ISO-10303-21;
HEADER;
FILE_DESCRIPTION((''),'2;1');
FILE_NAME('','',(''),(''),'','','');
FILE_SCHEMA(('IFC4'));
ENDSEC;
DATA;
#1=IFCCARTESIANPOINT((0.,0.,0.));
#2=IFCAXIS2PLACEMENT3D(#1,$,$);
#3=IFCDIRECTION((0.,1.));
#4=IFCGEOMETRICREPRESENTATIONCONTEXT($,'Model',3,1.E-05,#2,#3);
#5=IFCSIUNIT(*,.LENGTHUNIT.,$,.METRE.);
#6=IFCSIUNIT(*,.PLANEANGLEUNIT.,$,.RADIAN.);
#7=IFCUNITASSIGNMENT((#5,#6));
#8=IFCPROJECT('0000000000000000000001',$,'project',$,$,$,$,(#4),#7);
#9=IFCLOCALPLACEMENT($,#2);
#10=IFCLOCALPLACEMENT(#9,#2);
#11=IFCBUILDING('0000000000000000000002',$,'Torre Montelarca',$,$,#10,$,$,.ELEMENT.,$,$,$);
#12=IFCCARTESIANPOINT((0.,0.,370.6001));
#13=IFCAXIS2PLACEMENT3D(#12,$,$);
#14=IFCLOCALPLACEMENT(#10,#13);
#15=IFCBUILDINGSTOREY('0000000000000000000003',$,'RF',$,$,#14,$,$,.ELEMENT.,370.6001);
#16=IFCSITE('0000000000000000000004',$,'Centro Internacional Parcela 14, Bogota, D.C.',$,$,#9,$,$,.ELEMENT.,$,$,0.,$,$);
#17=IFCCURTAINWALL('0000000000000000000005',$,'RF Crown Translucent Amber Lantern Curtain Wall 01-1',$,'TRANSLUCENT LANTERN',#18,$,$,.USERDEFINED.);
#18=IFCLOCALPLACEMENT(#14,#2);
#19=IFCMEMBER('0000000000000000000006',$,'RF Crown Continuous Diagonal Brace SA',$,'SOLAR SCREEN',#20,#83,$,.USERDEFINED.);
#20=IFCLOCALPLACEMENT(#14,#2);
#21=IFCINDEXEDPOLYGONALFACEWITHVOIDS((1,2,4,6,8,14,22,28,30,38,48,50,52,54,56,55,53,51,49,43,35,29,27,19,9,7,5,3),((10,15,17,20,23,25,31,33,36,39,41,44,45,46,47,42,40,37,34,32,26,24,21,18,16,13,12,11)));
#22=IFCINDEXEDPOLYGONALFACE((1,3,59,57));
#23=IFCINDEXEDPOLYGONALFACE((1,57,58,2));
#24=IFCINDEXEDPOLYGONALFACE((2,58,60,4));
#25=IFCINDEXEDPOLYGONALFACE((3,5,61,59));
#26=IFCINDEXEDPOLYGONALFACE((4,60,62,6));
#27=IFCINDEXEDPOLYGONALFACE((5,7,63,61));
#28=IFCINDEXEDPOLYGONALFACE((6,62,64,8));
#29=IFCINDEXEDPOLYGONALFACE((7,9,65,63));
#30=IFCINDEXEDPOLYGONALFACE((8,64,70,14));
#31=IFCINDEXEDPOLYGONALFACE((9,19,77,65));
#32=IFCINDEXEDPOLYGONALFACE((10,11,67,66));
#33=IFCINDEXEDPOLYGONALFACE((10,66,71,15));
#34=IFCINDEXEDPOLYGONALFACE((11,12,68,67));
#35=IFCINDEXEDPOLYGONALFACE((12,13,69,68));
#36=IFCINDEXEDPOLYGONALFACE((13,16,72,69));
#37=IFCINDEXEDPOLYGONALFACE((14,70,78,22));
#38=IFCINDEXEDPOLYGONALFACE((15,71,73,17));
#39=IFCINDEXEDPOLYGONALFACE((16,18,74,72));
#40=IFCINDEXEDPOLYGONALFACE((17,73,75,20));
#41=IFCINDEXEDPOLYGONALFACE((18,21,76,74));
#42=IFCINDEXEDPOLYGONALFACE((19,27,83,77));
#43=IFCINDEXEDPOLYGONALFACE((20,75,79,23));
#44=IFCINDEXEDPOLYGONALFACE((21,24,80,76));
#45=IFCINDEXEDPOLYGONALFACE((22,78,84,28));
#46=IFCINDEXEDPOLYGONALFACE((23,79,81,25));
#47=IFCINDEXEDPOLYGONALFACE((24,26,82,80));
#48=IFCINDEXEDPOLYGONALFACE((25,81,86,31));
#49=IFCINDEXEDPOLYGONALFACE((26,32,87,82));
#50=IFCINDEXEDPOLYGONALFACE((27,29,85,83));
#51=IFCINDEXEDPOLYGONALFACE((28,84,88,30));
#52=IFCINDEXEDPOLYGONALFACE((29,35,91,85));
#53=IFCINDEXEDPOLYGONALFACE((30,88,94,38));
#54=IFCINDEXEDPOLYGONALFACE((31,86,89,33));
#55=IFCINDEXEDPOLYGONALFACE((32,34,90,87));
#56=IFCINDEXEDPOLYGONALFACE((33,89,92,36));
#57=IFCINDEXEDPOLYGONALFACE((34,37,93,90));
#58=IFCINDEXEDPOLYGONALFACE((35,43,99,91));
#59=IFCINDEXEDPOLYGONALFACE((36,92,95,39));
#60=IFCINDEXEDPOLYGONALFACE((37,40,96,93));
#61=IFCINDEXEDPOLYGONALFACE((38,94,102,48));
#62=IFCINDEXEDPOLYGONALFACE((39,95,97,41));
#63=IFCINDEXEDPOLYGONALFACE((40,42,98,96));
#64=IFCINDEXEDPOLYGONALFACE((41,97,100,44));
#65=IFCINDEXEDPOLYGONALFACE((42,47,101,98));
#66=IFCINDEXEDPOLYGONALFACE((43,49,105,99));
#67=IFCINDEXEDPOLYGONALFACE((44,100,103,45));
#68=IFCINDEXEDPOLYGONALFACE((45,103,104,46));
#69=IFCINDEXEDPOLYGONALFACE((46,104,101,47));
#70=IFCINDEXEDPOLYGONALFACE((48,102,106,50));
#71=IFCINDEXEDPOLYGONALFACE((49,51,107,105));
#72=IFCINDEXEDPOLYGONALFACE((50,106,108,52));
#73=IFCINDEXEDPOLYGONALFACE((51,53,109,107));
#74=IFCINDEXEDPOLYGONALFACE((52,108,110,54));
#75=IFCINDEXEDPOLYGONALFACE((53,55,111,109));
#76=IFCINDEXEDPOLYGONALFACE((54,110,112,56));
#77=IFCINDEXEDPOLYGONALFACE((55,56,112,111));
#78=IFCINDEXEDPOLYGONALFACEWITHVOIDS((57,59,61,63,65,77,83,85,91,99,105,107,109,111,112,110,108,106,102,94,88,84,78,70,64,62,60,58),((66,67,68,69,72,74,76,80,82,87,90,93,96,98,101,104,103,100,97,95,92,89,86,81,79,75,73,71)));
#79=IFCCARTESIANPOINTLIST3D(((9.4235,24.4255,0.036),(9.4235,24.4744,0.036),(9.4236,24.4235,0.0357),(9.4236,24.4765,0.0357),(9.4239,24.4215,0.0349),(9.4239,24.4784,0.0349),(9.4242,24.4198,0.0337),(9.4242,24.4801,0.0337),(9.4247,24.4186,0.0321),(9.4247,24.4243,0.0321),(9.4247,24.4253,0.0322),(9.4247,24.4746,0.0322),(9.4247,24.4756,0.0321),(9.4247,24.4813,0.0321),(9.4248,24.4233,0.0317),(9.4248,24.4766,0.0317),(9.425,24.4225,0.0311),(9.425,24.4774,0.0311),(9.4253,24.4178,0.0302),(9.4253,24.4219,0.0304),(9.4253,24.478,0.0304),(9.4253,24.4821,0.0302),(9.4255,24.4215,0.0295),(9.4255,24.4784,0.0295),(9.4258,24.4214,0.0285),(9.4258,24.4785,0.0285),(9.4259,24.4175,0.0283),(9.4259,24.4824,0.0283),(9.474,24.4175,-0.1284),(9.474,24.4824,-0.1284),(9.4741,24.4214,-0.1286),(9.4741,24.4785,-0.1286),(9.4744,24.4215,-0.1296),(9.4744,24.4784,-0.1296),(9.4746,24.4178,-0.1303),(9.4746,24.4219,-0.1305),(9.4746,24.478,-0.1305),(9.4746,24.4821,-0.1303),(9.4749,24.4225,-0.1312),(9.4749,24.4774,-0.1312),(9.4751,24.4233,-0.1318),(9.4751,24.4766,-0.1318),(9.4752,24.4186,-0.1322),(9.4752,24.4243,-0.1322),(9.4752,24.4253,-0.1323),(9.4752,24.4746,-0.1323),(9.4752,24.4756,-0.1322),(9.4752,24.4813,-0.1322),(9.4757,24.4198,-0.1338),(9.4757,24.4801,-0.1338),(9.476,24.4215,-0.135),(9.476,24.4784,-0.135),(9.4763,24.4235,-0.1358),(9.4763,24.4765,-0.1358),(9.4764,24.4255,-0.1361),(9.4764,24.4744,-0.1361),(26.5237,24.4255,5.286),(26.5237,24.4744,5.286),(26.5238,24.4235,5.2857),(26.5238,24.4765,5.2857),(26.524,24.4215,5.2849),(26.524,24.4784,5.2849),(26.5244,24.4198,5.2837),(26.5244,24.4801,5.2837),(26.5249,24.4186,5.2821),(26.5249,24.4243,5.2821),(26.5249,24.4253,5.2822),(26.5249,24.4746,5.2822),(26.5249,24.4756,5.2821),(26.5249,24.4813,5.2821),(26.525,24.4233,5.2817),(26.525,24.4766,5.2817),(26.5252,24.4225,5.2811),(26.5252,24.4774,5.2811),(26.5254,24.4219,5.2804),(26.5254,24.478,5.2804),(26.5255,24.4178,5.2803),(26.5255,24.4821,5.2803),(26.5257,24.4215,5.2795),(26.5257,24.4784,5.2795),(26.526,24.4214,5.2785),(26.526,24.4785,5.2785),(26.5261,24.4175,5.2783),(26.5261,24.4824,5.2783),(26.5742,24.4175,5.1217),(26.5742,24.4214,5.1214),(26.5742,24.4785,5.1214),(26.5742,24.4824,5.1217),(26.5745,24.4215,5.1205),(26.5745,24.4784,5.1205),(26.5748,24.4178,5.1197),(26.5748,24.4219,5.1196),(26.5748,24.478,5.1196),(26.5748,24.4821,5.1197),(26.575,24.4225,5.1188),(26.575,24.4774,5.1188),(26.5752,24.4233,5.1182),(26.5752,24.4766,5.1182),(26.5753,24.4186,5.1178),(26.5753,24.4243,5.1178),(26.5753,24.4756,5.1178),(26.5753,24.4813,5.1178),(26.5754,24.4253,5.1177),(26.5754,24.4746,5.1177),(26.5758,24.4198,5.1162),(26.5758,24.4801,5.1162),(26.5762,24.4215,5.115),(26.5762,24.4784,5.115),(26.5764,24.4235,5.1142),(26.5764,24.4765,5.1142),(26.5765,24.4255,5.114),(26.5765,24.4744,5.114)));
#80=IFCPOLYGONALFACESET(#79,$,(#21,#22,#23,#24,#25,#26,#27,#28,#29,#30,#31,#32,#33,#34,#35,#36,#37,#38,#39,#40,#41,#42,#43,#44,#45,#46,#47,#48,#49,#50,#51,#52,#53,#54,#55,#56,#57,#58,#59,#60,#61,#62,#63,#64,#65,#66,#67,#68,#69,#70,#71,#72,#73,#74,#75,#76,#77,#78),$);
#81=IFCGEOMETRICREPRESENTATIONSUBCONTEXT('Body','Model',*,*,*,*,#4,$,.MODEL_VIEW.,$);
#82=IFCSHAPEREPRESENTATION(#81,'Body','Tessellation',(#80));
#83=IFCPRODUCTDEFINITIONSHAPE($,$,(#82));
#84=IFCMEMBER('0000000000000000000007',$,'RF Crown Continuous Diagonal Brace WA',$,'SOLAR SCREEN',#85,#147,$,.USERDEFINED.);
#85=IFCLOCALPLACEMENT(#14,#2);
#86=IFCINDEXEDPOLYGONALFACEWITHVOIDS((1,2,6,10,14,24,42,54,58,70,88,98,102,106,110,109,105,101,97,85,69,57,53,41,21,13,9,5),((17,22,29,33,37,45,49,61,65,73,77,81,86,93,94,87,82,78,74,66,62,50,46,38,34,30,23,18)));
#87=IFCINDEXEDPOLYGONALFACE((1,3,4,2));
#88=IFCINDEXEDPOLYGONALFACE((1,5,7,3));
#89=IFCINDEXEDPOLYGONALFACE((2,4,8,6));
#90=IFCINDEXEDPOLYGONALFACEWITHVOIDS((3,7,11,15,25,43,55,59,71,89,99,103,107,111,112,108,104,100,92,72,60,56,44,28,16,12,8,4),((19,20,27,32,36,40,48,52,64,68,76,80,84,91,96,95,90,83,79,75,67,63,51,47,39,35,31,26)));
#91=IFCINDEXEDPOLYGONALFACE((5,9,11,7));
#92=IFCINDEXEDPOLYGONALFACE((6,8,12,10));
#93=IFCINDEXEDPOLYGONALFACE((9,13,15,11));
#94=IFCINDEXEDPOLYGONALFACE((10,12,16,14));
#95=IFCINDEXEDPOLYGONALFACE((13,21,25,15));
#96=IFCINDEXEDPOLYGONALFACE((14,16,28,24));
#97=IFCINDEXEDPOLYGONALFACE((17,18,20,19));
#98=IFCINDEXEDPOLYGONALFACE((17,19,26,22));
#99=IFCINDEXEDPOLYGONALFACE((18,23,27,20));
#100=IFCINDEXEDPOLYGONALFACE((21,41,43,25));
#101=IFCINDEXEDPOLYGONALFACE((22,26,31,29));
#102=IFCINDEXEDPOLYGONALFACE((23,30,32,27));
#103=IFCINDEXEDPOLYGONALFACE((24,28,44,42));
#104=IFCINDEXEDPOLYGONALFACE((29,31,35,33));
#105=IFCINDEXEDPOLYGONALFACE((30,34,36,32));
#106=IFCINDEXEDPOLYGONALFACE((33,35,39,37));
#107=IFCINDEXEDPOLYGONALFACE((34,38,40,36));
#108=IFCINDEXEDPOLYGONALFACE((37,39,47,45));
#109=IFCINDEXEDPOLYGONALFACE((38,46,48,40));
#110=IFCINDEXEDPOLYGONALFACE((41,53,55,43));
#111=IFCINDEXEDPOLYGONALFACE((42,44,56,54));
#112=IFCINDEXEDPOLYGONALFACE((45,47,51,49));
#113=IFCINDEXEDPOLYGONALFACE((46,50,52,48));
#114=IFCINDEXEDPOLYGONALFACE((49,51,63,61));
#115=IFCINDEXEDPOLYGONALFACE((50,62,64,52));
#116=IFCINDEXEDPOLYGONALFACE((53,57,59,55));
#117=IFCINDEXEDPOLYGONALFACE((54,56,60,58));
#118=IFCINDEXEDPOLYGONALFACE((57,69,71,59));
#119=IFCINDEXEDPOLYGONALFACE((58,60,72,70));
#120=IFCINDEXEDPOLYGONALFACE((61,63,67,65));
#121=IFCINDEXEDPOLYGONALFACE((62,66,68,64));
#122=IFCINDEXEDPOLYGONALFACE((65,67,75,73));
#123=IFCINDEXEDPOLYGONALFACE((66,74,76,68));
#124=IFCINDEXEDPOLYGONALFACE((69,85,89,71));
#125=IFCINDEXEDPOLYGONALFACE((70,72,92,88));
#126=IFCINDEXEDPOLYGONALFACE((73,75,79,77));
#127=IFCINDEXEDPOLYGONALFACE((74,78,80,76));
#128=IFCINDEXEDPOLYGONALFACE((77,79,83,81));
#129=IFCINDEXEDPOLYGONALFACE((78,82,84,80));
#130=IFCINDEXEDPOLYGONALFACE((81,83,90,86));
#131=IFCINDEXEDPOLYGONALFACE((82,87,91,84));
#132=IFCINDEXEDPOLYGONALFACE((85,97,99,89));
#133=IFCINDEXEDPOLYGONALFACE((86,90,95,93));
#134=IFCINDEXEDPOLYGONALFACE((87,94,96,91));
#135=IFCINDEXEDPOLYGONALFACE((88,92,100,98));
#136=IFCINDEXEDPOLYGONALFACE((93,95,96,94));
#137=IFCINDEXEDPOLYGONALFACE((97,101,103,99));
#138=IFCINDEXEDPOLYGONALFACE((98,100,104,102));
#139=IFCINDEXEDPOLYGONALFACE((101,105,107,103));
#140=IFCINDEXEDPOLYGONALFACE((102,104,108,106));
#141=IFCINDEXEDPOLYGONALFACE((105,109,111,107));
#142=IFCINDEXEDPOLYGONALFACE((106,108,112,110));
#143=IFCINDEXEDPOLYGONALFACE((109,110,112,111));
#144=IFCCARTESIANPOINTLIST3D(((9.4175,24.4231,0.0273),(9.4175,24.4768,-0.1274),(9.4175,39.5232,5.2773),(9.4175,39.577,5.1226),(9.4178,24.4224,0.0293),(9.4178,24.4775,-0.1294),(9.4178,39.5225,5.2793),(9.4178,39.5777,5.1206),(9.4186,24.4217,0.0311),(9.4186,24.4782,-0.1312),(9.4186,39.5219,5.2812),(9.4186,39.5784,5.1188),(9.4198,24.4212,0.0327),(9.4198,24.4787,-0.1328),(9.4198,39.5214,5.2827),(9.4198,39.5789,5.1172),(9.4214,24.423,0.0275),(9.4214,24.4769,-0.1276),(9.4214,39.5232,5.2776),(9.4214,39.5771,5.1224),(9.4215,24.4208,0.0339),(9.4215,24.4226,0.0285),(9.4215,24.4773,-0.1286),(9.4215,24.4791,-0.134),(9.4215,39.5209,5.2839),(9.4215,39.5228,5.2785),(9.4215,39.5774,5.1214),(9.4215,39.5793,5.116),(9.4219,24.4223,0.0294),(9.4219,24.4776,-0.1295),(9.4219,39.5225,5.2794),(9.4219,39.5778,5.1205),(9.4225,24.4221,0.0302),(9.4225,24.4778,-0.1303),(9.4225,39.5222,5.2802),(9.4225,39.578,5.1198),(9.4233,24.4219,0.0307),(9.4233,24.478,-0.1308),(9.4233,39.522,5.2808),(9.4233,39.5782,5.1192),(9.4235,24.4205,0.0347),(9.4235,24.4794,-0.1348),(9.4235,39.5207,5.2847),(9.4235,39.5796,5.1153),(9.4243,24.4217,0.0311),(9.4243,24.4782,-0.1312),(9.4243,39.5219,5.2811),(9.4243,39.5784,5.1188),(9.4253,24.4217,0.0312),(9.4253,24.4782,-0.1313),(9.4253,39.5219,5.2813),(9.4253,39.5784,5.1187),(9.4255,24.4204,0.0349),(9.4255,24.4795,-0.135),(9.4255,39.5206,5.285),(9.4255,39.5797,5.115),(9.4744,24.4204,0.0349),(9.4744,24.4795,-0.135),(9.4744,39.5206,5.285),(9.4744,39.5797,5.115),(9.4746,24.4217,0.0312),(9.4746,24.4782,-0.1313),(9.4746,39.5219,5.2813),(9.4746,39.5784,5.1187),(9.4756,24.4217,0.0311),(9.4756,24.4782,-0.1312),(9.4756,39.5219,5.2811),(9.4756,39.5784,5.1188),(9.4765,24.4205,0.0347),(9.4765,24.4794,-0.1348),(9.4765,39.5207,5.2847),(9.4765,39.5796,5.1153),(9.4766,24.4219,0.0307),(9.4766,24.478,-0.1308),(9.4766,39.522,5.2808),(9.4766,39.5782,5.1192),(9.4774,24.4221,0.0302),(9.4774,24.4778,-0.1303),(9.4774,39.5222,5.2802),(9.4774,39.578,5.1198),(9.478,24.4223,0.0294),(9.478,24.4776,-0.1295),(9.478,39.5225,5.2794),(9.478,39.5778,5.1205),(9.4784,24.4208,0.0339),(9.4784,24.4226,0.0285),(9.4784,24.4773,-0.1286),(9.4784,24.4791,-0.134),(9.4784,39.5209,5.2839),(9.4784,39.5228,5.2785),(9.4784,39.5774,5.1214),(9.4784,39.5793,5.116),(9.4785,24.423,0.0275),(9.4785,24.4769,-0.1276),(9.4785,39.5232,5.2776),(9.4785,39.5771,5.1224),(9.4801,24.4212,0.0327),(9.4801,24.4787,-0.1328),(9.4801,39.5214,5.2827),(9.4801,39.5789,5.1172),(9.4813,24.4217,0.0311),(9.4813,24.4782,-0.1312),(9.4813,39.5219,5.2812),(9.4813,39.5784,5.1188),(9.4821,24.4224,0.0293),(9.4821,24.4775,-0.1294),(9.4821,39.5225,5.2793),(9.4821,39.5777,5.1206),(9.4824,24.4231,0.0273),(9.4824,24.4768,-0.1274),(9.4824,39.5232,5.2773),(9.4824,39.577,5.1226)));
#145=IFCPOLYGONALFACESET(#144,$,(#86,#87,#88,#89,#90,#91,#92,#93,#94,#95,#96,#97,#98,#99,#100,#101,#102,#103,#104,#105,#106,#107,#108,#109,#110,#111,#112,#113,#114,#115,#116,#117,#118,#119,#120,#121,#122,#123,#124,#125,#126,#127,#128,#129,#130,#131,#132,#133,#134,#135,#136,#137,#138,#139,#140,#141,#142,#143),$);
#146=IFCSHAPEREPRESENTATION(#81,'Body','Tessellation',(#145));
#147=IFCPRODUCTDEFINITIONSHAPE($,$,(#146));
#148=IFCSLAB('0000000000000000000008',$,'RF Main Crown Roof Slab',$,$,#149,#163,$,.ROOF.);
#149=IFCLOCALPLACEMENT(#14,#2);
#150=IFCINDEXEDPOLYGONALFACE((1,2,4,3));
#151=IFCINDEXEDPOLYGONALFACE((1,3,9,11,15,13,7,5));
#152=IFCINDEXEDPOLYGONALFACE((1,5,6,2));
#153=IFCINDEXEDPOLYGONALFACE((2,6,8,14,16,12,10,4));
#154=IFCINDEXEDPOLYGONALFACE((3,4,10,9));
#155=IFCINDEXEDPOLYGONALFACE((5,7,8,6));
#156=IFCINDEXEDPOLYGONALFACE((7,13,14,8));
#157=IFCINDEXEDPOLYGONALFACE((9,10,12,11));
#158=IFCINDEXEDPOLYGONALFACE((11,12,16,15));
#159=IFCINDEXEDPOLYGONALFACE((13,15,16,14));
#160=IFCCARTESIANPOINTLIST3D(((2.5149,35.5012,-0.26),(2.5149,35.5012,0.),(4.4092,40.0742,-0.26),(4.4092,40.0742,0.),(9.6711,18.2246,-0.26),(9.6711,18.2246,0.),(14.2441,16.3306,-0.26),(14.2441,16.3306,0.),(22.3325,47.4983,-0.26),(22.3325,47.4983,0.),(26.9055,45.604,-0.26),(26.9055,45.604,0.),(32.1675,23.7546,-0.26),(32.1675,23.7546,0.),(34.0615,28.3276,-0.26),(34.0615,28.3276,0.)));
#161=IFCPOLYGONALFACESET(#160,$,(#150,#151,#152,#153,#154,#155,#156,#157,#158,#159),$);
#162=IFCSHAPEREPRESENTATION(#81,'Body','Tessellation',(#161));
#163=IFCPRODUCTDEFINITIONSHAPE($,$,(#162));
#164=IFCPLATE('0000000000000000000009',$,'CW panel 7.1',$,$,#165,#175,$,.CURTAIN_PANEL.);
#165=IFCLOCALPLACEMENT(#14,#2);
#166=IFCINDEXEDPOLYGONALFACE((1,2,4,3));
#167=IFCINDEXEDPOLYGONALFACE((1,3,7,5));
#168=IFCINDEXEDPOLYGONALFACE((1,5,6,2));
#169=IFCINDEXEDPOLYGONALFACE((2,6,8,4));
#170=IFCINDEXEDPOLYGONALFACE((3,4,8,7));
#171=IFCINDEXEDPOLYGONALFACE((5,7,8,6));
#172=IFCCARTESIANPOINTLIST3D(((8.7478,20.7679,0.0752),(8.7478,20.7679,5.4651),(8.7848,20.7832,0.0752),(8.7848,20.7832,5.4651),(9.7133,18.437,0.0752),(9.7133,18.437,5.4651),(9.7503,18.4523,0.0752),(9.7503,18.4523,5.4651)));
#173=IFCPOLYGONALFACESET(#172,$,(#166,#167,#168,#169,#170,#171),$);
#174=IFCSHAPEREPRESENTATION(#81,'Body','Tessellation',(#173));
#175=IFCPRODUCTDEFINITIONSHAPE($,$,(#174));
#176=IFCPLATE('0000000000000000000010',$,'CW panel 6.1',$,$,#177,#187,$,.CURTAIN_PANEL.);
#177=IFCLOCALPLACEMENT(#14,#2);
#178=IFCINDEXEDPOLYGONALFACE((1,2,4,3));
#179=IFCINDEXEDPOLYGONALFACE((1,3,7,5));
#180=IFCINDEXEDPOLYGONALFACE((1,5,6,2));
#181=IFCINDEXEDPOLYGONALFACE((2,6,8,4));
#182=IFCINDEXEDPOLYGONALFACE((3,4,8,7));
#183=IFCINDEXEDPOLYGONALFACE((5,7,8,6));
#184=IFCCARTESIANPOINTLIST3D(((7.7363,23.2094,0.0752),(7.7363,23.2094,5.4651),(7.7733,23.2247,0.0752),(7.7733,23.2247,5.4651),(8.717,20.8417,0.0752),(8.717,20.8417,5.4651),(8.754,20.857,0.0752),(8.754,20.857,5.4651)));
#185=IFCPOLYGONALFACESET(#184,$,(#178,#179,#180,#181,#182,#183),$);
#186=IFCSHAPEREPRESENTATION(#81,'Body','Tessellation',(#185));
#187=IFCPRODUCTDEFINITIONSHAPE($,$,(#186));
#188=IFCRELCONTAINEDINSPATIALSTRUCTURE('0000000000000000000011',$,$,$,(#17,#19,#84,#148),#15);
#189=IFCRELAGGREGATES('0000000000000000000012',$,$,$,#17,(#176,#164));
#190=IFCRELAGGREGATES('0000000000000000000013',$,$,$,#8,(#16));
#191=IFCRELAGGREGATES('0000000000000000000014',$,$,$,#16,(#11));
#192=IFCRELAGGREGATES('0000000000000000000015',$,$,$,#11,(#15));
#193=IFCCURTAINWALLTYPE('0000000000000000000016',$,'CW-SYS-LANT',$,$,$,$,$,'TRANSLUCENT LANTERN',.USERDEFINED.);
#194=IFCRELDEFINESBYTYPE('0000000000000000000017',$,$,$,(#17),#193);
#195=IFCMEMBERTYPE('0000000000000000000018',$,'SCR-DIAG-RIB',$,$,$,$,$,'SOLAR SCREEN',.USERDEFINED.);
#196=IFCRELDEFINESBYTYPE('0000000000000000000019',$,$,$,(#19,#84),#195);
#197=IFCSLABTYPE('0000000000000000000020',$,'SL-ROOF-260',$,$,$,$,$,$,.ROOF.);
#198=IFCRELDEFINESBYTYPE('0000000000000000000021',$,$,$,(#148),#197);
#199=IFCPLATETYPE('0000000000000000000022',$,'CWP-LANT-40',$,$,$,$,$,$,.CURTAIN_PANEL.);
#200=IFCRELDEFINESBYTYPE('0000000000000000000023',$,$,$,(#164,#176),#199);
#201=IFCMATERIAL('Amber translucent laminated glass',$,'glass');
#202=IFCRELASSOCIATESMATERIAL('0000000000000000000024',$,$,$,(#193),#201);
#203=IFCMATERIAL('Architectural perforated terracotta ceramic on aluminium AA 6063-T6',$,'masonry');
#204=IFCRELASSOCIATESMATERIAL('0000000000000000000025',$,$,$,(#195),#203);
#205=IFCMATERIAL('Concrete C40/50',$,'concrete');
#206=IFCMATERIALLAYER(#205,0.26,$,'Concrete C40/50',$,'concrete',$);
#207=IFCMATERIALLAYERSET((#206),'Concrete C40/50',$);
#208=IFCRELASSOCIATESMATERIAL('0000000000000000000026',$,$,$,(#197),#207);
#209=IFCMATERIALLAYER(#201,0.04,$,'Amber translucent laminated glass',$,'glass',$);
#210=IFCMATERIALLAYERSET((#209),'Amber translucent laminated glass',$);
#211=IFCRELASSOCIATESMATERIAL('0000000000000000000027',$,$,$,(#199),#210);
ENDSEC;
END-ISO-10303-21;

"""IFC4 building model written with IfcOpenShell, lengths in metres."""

from ifc_helpers import new_model, si_unit, direction, frame, origin, origin_2d, place, context, subcontext, project, spatial, polyline, rectangle, hollow_rectangle, outline, extrude, source, transform, mapped, material, layer, layer_set, material_profile, profile_set, type_object, element, aggregate, save


model = new_model("IFC4")

# Units and contexts
model_context = context("Model", 3, precision=1e-05, world=origin(), true_north=direction((0.0, 1.0)))
body_context = subcontext(model_context, "Body", "Model", "MODEL_VIEW")
ifc_project = project(units=[si_unit("LENGTHUNIT", "METRE"), si_unit("PLANEANGLEUNIT", "RADIAN")], contexts=[model_context])

# Site, building, storey
site_placement = place(None, origin())
site = spatial("IfcSite", under=ifc_project, at=site_placement, Name="Centro Internacional Parcela 14, Bogota, D.C.", CompositionType="ELEMENT", RefElevation=0.0)
building_placement = place(site_placement, origin())
building = spatial("IfcBuilding", under=site, at=building_placement, Name="Torre Montelarca", CompositionType="ELEMENT")
storey_placement = place(building_placement, frame((0.0, 0.0, 370.6001)))
storey = spatial("IfcBuildingStorey", under=building, at=storey_placement, Name="RF", CompositionType="ELEMENT", Elevation=370.6001)

# Curtain wall
ifc_material_1 = material(Name="Amber translucent laminated glass", Category="glass")
curtain_wall_type = type_object("IfcCurtainWallType", Name="CW-SYS-LANT", ElementType="TRANSLUCENT LANTERN", PredefinedType="USERDEFINED", material=ifc_material_1)
curtain_wall_1_placement = place(storey_placement, origin())
curtain_wall_1 = element("IfcCurtainWall", 1, at=curtain_wall_1_placement, inside=storey, type_object=curtain_wall_type, Name="RF Crown Translucent Amber Lantern Curtain Wall 01-1", ObjectType="TRANSLUCENT LANTERN", PredefinedType="USERDEFINED")

# Members
ifc_material_2 = material(Name="Architectural perforated terracotta ceramic on aluminium AA 6063-T6", Category="masonry")
ifc_material_profile_1 = material_profile(ifc_material_2, hollow_rectangle(XDim=0.0649, YDim=0.1799, WallThickness=0.0039, InnerFilletRadius=0.0039, OuterFilletRadius=0.0081, at=origin_2d()), Name="ALU65X180X4", Category="masonry")
ifc_profile_set_1 = profile_set([ifc_material_profile_1], Name="Architectural perforated terracotta ceramic on aluminium AA 6063-T6")
member_type_1 = type_object("IfcMemberType", Name="SCR-DIAG-RIB", ElementType="SOLAR SCREEN", PredefinedType="USERDEFINED", material=ifc_profile_set_1)
shared_shape_1 = source(origin(), body_context, "Body", "SweptSolid", [
    extrude(hollow_rectangle(XDim=0.0649, YDim=0.1799, WallThickness=0.0039, InnerFilletRadius=0.0039, OuterFilletRadius=0.0081, at=origin_2d()), origin(), (0.0, 0.0, 1.0), 17.8879),
])
member_1_placement = place(storey_placement, frame((9.45, 24.45, -0.05), z_axis=(0.955961, 0.0, 0.293495), x_axis=(0.0, 1.0, 0.0)))
element("IfcMember", 2, at=member_1_placement, inside=storey, type_object=member_type_1, Name="RF Crown Continuous Diagonal Brace SA", ObjectType="SOLAR SCREEN", PredefinedType="USERDEFINED", context=body_context, shape_type="MappedRepresentation", body=[
    mapped(shared_shape_1, transform((0.0, 0.0, 0.0), scale=1.0)),
])
shared_shape_2 = source(origin(), body_context, "Body", "SweptSolid", [
    extrude(hollow_rectangle(XDim=0.0649, YDim=0.1799, WallThickness=0.0039, InnerFilletRadius=0.0039, OuterFilletRadius=0.0081, at=origin_2d()), origin(), (0.0, 0.0, 1.0), 15.9868),
])
member_2_placement = place(storey_placement, frame((9.45, 24.45, -0.05), z_axis=(0.0, 0.94454, 0.328397), x_axis=(-1.0, 0.0, 0.0)))
element("IfcMember", 3, at=member_2_placement, inside=storey, type_object=member_type_1, Name="RF Crown Continuous Diagonal Brace WA", ObjectType="SOLAR SCREEN", PredefinedType="USERDEFINED", context=body_context, shape_type="MappedRepresentation", body=[
    mapped(shared_shape_2, transform((0.0, 0.0, 0.0), scale=1.0)),
])

# Slab
ifc_material_3 = material(Name="Concrete C40/50", Category="concrete")
ifc_layer_1 = layer(ifc_material_3, 0.26, Name="Concrete C40/50", Category="concrete")
ifc_layer_set_1 = layer_set([ifc_layer_1], Name="Concrete C40/50")
slab_type = type_object("IfcSlabType", Name="SL-ROOF-260", PredefinedType="ROOF", material=ifc_layer_set_1)
slab_placement = place(storey_placement, frame((0.0, 0.0, -0.26)))
element("IfcSlab", 4, at=slab_placement, inside=storey, type_object=slab_type, Name="RF Main Crown Roof Slab", PredefinedType="ROOF", context=body_context, shape_type="SweptSolid", body=[
    extrude(outline(polyline([(2.5149, 35.5012), (9.6711, 18.2246), (14.2441, 16.3306), (32.1675, 23.7546), (34.0615, 28.3276), (26.9055, 45.604), (22.3325, 47.4983), (4.4092, 40.0742), (2.5149, 35.5012)])), origin(), (0.0, 0.0, 1.0), 0.26),
])

# Plates
ifc_layer_2 = layer(ifc_material_1, 0.04, Name="Amber translucent laminated glass", Category="glass")
ifc_layer_set_2 = layer_set([ifc_layer_2], Name="Amber translucent laminated glass")
plate_type = type_object("IfcPlateType", Name="CWP-LANT-40", PredefinedType="CURTAIN_PANEL", material=ifc_layer_set_2)
shared_shape_3 = source(origin(), body_context, "Body", "SweptSolid", [
    extrude(rectangle(XDim=2.5229, YDim=0.04, at=origin_2d()), origin(), (0.0, 0.0, 1.0), 5.3899),
])
plate_1_placement = place(storey_placement, frame((9.249, 19.6101, 0.0752), z_axis=(0.0, 0.0, 1.0), x_axis=(0.382685, -0.923879, 0.0)))
plate_1 = element("IfcPlate", 5, at=plate_1_placement, type_object=plate_type, Name="CW panel 7.1", PredefinedType="CURTAIN_PANEL", context=body_context, shape_type="MappedRepresentation", body=[
    mapped(shared_shape_3, transform((0.0, 0.0, 0.0), scale=1.0)),
])
shared_shape_4 = source(origin(), body_context, "Body", "SweptSolid", [
    extrude(rectangle(XDim=2.5627, YDim=0.04, at=origin_2d()), origin(), (0.0, 0.0, 1.0), 5.3899),
])
plate_2_placement = place(storey_placement, frame((8.2451, 22.0332, 0.0752), z_axis=(0.0, 0.0, 1.0), x_axis=(0.382685, -0.923879, 0.0)))
plate_2 = element("IfcPlate", 6, at=plate_2_placement, type_object=plate_type, Name="CW panel 6.1", PredefinedType="CURTAIN_PANEL", context=body_context, shape_type="MappedRepresentation", body=[
    mapped(shared_shape_4, transform((0.0, 0.0, 0.0), scale=1.0)),
])
aggregate(curtain_wall_1, [plate_2, plate_1])

save(model, "model.ifc")
